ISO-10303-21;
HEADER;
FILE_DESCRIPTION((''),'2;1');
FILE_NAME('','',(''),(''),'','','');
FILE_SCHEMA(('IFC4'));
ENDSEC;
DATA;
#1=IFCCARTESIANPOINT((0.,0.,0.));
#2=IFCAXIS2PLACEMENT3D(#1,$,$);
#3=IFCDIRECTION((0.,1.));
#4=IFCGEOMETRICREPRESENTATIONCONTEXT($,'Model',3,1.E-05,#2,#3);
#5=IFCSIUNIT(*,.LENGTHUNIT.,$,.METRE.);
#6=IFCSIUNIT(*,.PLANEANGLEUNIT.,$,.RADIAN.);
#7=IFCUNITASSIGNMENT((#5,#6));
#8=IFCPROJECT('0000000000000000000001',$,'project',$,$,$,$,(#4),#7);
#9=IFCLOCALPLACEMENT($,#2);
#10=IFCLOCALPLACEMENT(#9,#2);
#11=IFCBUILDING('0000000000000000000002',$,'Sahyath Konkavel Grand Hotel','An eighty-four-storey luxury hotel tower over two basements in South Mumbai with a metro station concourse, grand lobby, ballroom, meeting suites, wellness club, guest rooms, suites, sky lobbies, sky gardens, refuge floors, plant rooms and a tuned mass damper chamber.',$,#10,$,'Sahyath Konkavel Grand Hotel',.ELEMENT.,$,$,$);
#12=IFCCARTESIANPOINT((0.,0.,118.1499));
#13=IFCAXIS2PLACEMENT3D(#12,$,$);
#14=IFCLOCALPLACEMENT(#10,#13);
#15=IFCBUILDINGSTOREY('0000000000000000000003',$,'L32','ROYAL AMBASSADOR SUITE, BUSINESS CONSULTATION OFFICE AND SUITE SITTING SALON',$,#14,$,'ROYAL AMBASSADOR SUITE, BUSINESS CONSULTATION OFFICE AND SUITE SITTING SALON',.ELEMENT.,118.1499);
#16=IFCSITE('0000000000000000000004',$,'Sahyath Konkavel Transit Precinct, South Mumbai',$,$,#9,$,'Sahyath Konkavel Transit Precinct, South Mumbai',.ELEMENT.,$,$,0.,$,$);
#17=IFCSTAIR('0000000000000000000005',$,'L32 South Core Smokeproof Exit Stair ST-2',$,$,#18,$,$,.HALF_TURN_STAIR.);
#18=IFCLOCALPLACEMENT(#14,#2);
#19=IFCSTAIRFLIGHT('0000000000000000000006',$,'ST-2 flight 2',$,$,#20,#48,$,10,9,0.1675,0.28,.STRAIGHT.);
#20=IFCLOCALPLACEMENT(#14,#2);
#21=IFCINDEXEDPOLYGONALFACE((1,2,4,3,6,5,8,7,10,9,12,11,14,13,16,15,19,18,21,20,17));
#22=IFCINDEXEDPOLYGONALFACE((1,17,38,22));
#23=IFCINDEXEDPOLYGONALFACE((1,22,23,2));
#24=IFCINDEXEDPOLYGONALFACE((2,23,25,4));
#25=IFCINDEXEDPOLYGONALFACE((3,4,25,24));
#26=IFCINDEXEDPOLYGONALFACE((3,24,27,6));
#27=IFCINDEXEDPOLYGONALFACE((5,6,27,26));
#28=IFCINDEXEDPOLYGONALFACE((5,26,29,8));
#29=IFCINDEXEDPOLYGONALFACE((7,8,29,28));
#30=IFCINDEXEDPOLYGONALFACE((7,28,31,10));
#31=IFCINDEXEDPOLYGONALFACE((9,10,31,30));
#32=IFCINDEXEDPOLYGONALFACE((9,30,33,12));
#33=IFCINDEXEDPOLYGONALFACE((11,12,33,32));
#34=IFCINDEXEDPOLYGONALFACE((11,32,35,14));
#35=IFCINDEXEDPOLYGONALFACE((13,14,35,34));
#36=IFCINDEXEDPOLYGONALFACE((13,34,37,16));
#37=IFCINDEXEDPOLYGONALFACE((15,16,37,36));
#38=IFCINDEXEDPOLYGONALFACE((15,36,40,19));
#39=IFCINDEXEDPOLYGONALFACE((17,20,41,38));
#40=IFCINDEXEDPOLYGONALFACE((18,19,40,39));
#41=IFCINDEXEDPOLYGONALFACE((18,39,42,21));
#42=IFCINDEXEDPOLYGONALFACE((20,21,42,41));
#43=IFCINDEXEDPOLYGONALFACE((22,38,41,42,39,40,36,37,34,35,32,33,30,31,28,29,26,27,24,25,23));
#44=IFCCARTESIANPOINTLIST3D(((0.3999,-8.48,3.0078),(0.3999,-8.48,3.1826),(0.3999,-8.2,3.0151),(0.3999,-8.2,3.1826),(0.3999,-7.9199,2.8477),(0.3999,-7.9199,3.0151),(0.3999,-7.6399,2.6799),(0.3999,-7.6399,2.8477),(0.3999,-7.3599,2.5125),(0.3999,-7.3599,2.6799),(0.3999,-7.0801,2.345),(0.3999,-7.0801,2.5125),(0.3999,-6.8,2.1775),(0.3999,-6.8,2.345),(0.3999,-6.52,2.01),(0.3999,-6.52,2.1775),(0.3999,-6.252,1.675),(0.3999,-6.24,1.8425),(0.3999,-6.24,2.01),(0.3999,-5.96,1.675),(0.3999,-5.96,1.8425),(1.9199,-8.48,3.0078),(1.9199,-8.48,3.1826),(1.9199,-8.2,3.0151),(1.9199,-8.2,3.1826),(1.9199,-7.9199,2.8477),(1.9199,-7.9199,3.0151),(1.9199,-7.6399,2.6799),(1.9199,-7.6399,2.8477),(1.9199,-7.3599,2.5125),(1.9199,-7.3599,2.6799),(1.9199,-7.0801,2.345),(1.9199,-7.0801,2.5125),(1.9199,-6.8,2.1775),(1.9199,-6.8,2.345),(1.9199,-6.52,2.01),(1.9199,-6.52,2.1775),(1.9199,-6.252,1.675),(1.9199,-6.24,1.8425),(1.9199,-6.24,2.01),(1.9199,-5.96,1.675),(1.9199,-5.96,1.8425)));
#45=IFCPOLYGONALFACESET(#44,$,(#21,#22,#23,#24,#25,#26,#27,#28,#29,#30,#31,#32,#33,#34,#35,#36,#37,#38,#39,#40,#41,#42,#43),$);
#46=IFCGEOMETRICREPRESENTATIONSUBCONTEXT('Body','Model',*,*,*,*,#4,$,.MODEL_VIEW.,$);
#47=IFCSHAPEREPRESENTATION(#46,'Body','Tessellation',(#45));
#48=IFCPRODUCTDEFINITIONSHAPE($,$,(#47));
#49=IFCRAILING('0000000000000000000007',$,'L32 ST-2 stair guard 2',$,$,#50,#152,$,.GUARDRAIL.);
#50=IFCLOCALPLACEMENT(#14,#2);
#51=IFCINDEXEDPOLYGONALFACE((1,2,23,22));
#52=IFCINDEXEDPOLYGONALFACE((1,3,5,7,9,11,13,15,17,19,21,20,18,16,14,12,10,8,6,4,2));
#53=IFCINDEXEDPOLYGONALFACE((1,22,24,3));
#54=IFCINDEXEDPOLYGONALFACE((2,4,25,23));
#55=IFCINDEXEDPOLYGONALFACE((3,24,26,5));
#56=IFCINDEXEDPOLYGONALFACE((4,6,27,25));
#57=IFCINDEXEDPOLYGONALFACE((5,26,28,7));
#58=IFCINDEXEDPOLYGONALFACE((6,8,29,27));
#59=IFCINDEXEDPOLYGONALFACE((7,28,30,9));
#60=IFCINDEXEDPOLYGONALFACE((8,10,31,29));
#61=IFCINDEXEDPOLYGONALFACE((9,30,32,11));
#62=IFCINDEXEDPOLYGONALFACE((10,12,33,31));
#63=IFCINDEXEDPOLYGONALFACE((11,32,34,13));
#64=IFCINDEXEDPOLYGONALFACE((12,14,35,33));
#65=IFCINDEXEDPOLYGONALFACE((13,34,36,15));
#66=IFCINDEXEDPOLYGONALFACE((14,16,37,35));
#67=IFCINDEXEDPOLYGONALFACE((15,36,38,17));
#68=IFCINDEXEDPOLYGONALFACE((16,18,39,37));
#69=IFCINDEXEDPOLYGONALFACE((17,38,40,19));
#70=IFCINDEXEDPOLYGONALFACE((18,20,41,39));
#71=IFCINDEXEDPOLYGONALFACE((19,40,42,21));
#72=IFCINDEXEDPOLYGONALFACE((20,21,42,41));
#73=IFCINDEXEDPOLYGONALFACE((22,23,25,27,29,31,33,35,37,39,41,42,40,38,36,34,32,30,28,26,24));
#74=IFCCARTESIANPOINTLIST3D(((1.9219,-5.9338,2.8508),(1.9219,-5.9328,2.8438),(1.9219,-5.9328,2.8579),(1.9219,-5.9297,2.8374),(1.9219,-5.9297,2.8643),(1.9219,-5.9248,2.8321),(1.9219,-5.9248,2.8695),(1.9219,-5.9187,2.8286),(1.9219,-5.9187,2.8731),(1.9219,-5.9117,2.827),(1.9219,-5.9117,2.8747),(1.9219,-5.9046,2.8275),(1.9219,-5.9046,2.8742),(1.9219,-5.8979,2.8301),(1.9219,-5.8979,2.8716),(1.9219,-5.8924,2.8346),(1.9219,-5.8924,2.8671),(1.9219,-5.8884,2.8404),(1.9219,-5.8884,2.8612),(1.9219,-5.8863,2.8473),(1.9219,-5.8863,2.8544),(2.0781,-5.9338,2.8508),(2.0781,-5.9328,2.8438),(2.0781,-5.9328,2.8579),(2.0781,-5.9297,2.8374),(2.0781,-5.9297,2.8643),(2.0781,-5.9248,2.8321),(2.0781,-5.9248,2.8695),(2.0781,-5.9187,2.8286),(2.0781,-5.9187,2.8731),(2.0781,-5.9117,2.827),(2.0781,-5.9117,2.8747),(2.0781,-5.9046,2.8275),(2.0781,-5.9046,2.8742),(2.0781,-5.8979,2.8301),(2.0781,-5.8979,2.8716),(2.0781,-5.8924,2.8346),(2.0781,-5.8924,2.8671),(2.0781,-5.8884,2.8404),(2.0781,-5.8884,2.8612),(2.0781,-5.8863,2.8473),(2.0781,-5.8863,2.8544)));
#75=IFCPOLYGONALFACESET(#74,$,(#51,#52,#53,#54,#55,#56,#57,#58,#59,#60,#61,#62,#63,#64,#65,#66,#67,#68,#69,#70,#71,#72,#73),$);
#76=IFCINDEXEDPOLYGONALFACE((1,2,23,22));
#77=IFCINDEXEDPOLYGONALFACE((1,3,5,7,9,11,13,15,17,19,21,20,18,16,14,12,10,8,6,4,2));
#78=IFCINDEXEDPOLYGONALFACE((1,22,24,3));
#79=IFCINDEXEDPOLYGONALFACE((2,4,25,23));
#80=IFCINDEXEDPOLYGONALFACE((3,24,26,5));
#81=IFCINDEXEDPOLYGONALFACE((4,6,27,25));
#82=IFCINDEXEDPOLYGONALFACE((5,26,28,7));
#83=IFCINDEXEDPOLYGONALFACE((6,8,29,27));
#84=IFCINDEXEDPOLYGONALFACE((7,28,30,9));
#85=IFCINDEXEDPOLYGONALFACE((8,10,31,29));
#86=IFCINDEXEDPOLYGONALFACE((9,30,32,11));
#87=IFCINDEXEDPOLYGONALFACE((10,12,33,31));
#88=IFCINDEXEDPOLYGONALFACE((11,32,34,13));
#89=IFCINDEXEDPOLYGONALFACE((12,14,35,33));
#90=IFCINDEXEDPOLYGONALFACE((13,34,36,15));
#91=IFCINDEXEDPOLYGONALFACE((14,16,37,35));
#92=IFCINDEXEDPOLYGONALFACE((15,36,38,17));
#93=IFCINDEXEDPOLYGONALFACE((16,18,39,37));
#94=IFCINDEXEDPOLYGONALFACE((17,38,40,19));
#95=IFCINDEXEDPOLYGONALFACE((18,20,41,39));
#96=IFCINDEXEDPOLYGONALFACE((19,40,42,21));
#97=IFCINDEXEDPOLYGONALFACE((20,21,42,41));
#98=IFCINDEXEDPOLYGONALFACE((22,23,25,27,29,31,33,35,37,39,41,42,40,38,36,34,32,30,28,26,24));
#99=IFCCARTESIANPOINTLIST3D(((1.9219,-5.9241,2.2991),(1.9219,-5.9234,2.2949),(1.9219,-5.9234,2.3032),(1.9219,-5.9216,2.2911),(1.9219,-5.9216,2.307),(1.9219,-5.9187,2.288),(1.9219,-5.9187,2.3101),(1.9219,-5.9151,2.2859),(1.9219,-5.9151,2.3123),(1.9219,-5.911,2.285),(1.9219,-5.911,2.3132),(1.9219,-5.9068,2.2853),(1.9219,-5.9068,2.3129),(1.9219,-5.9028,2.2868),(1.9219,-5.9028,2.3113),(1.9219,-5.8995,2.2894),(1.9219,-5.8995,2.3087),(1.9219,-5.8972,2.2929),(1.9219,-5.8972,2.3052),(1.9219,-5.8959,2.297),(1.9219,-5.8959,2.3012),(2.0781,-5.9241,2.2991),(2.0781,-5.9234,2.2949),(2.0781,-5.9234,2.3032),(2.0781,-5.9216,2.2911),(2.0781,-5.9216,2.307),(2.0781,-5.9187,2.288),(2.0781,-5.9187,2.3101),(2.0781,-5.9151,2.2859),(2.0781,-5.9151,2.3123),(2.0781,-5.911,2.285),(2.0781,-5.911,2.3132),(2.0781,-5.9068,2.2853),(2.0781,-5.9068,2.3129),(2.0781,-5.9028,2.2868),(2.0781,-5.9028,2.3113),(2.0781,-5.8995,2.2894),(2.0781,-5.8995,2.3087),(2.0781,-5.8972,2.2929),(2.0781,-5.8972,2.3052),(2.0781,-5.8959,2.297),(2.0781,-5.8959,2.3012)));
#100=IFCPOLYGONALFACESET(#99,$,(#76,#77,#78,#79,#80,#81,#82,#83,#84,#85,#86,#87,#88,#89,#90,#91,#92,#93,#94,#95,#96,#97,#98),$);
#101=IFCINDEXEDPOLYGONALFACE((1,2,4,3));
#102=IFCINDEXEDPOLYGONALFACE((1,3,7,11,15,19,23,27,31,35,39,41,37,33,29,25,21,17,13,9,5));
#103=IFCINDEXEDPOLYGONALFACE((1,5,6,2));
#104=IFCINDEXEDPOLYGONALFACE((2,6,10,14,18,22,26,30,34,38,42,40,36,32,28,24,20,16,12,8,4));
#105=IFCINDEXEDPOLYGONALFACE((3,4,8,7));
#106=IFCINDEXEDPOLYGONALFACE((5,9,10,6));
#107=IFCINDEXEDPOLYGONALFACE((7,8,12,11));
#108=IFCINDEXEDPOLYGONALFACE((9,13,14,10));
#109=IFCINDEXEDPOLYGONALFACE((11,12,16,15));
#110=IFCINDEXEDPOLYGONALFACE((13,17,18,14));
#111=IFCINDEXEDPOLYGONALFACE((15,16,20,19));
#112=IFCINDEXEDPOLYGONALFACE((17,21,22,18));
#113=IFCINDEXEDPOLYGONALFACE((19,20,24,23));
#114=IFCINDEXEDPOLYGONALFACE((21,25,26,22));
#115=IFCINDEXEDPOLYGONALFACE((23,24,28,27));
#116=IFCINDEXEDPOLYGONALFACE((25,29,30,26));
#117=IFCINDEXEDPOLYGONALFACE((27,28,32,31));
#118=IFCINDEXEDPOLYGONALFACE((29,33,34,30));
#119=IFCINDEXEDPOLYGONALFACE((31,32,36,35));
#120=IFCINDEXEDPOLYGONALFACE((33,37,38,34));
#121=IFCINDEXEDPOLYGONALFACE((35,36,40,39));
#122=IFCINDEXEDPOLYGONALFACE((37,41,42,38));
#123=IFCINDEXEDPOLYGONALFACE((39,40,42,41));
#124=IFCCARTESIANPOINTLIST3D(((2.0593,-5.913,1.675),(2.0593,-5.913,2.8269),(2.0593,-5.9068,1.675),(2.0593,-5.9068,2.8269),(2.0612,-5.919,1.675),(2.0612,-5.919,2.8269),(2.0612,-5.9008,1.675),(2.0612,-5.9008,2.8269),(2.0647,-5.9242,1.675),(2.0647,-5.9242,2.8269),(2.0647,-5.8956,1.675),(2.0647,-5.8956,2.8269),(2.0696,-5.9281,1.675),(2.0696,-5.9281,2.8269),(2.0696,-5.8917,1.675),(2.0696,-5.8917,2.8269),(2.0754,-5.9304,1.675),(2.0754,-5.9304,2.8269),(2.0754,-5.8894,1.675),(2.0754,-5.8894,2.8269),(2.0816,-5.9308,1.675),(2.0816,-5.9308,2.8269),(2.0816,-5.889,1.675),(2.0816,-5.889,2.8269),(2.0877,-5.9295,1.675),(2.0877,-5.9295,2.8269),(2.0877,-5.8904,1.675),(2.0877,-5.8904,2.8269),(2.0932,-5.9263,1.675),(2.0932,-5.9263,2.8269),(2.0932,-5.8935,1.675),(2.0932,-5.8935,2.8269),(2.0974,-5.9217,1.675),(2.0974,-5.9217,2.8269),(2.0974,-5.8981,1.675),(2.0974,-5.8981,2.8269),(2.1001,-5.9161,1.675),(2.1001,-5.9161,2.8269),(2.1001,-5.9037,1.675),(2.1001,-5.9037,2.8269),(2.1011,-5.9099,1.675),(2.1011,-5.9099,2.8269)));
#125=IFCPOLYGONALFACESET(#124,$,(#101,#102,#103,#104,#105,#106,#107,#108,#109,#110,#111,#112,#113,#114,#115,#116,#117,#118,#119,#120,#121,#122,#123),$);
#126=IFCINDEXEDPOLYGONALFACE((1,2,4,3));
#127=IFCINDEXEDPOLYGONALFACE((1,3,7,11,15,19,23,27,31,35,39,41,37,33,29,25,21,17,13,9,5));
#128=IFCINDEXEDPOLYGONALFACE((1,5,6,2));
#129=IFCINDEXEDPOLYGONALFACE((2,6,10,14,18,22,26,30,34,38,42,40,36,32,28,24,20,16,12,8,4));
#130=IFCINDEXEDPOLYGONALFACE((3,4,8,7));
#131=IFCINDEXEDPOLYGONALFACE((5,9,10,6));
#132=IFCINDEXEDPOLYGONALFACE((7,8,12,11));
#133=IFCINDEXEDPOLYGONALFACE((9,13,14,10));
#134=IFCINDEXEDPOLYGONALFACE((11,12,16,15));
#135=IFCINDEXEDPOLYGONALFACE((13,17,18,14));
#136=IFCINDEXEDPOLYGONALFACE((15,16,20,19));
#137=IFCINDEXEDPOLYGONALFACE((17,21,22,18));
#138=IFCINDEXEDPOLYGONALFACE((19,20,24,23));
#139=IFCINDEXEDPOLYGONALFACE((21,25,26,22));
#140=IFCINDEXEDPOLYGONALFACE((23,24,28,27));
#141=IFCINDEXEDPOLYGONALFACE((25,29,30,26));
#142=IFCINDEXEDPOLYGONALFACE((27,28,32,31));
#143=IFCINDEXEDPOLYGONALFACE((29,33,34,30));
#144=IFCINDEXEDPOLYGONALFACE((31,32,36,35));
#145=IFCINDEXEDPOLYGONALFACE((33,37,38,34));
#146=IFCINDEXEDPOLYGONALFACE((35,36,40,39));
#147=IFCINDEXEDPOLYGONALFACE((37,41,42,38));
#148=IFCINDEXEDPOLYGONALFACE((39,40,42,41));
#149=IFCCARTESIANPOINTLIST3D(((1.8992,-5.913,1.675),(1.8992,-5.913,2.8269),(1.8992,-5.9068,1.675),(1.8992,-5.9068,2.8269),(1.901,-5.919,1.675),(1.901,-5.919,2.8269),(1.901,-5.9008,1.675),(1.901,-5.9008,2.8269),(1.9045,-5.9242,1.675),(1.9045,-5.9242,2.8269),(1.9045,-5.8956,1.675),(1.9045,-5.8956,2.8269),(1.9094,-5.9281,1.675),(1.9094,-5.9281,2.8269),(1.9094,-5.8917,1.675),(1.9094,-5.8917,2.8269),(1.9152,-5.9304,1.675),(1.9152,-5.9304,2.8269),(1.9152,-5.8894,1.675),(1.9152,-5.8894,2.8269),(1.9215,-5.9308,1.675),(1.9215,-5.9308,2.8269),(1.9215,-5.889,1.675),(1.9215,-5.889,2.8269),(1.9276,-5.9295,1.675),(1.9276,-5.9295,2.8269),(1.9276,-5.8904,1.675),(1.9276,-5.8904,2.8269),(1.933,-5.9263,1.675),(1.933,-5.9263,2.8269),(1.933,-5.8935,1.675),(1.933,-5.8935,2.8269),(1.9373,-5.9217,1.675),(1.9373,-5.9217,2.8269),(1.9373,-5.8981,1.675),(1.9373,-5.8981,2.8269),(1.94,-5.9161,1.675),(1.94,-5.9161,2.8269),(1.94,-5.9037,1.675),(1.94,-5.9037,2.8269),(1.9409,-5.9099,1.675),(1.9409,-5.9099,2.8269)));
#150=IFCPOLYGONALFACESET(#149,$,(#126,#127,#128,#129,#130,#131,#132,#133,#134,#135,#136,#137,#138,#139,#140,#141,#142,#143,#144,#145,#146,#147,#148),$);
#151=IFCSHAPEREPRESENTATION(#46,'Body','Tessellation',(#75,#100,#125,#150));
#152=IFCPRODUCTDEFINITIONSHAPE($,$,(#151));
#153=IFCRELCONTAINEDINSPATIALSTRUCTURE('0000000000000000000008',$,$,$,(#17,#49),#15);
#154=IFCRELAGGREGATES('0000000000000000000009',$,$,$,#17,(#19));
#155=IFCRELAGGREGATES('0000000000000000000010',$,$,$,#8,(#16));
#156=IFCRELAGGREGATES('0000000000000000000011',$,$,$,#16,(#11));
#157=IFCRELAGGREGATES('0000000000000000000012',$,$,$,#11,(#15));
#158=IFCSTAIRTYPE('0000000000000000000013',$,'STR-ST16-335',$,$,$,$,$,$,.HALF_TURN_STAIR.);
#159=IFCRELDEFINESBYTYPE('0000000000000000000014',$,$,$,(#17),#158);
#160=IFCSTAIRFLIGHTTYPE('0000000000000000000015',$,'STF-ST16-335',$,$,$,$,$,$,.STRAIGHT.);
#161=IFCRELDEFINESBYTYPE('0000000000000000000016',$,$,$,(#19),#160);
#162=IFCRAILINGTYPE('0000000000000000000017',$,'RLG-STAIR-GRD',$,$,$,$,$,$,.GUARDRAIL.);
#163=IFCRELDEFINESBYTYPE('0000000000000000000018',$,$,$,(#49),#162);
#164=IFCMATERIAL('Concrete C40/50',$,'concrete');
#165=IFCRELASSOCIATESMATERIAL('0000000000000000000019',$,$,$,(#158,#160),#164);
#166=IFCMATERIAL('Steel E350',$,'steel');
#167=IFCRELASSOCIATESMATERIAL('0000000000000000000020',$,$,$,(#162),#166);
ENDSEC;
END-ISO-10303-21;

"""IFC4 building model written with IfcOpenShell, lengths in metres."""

from ifc_helpers import new_model, si_unit, direction, frame, origin, origin_2d, place, context, subcontext, project, spatial, polyline, circle, outline, extrude, material, type_object, element, aggregate, save


model = new_model("IFC4")

# Units and contexts
model_context = context("Model", 3, precision=1e-05, world=origin(), true_north=direction((0.0, 1.0)))
body_context = subcontext(model_context, "Body", "Model", "MODEL_VIEW")
ifc_project = project(units=[si_unit("LENGTHUNIT", "METRE"), si_unit("PLANEANGLEUNIT", "RADIAN")], contexts=[model_context])

# Site, building, storey
site_placement = place(None, origin())
site = spatial("IfcSite", under=ifc_project, at=site_placement, Name="Sahyath Konkavel Transit Precinct, South Mumbai", LongName="Sahyath Konkavel Transit Precinct, South Mumbai", CompositionType="ELEMENT", RefElevation=0.0)
building_placement = place(site_placement, origin())
building = spatial("IfcBuilding", under=site, at=building_placement, Name="Sahyath Konkavel Grand Hotel", Description="An eighty-four-storey luxury hotel tower over two basements in South Mumbai with a metro station concourse, grand lobby, ballroom, meeting suites, wellness club, guest rooms, suites, sky lobbies, sky gardens, refuge floors, plant rooms and a tuned mass damper chamber.", LongName="Sahyath Konkavel Grand Hotel", CompositionType="ELEMENT")
storey_placement = place(building_placement, frame((0.0, 0.0, 118.1499)))
storey = spatial("IfcBuildingStorey", under=building, at=storey_placement, Name="L32", Description="ROYAL AMBASSADOR SUITE, BUSINESS CONSULTATION OFFICE AND SUITE SITTING SALON", LongName="ROYAL AMBASSADOR SUITE, BUSINESS CONSULTATION OFFICE AND SUITE SITTING SALON", CompositionType="ELEMENT", Elevation=118.1499)

# Shared definitions
ifc_material_1 = material(Name="Steel E350", Category="steel")

# Shared definitions
ifc_material_2 = material(Name="Concrete C40/50", Category="concrete")

# Stair, stair flight
stair_type = type_object("IfcStairType", Name="STR-ST16-335", PredefinedType="HALF_TURN_STAIR", material=ifc_material_2)
stair_placement = place(storey_placement, origin())
stair = element("IfcStair", 1, at=stair_placement, inside=storey, type_object=stair_type, Name="L32 South Core Smokeproof Exit Stair ST-2", PredefinedType="HALF_TURN_STAIR")
stair_flight_type = type_object("IfcStairFlightType", Name="STF-ST16-335", PredefinedType="STRAIGHT", material=ifc_material_2)
stair_flight_placement = place(storey_placement, frame((1.1599, -5.96, 1.675), z_axis=(0.0, 0.0, 1.0), x_axis=(0.0, -1.0, 0.0)))
stair_flight = element("IfcStairFlight", 2, at=stair_flight_placement, type_object=stair_flight_type, Name="ST-2 flight 2", NumberOfRisers=10, NumberOfTreads=9, PredefinedType="STRAIGHT", RiserHeight=0.1675, TreadLength=0.28, context=body_context, shape_type="SweptSolid", body=[
    extrude(outline(polyline([(0.0, 0.0), (0.0, 0.1675), (0.28, 0.1675), (0.28, 0.335), (0.5601, 0.335), (0.5601, 0.5024), (0.8401, 0.5024), (0.8401, 0.6699), (1.1201, 0.6699), (1.1201, 0.8374), (1.3999, 0.8374), (1.3999, 1.0049), (1.6799, 1.0049), (1.6799, 1.1726), (1.96, 1.1726), (1.96, 1.3401), (2.24, 1.3401), (2.24, 1.5076), (2.52, 1.5076), (2.52, 1.675), (2.52, 1.3328), (0.292, 0.0), (0.0, 0.0)])), frame((0.0, 0.76, 0.0), z_axis=(0.0, -1.0, 0.0), x_axis=(1.0, 0.0, 0.0)), (0.0, 0.0, 1.0), 1.52),
])
aggregate(stair, [stair_flight])

# Railing
railing_type_1 = type_object("IfcRailingType", Name="RLG-STAIR-GRD", PredefinedType="GUARDRAIL", material=ifc_material_1)
railing_1_placement = place(storey_placement, frame((2.0801, -5.9099, 1.675)))
element("IfcRailing", 3, at=railing_1_placement, inside=storey, type_object=railing_type_1, Name="L32 ST-2 stair guard 2", PredefinedType="GUARDRAIL", context=body_context, shape_type="SweptSolid", body=[
    extrude(circle(Radius=0.0239, at=origin_2d()), frame((-0.002, 0.0, 1.1758), z_axis=(-1.0, 0.0, 0.0), x_axis=(0.0, -1.0, 0.0)), (0.0, 0.0, 1.0), 0.1562),
    extrude(circle(Radius=0.0142, at=origin_2d()), frame((-0.002, 0.0, 0.624), z_axis=(-1.0, 0.0, 0.0), x_axis=(0.0, -1.0, 0.0)), (0.0, 0.0, 1.0), 0.1562),
    extrude(circle(Radius=0.021, at=origin_2d()), origin(), (0.0, 0.0, 1.0), 1.1519),
    extrude(circle(Radius=0.021, at=origin_2d()), frame((-0.1602, 0.0, 0.0)), (0.0, 0.0, 1.0), 1.1519),
])

save(model, "model.ifc")
